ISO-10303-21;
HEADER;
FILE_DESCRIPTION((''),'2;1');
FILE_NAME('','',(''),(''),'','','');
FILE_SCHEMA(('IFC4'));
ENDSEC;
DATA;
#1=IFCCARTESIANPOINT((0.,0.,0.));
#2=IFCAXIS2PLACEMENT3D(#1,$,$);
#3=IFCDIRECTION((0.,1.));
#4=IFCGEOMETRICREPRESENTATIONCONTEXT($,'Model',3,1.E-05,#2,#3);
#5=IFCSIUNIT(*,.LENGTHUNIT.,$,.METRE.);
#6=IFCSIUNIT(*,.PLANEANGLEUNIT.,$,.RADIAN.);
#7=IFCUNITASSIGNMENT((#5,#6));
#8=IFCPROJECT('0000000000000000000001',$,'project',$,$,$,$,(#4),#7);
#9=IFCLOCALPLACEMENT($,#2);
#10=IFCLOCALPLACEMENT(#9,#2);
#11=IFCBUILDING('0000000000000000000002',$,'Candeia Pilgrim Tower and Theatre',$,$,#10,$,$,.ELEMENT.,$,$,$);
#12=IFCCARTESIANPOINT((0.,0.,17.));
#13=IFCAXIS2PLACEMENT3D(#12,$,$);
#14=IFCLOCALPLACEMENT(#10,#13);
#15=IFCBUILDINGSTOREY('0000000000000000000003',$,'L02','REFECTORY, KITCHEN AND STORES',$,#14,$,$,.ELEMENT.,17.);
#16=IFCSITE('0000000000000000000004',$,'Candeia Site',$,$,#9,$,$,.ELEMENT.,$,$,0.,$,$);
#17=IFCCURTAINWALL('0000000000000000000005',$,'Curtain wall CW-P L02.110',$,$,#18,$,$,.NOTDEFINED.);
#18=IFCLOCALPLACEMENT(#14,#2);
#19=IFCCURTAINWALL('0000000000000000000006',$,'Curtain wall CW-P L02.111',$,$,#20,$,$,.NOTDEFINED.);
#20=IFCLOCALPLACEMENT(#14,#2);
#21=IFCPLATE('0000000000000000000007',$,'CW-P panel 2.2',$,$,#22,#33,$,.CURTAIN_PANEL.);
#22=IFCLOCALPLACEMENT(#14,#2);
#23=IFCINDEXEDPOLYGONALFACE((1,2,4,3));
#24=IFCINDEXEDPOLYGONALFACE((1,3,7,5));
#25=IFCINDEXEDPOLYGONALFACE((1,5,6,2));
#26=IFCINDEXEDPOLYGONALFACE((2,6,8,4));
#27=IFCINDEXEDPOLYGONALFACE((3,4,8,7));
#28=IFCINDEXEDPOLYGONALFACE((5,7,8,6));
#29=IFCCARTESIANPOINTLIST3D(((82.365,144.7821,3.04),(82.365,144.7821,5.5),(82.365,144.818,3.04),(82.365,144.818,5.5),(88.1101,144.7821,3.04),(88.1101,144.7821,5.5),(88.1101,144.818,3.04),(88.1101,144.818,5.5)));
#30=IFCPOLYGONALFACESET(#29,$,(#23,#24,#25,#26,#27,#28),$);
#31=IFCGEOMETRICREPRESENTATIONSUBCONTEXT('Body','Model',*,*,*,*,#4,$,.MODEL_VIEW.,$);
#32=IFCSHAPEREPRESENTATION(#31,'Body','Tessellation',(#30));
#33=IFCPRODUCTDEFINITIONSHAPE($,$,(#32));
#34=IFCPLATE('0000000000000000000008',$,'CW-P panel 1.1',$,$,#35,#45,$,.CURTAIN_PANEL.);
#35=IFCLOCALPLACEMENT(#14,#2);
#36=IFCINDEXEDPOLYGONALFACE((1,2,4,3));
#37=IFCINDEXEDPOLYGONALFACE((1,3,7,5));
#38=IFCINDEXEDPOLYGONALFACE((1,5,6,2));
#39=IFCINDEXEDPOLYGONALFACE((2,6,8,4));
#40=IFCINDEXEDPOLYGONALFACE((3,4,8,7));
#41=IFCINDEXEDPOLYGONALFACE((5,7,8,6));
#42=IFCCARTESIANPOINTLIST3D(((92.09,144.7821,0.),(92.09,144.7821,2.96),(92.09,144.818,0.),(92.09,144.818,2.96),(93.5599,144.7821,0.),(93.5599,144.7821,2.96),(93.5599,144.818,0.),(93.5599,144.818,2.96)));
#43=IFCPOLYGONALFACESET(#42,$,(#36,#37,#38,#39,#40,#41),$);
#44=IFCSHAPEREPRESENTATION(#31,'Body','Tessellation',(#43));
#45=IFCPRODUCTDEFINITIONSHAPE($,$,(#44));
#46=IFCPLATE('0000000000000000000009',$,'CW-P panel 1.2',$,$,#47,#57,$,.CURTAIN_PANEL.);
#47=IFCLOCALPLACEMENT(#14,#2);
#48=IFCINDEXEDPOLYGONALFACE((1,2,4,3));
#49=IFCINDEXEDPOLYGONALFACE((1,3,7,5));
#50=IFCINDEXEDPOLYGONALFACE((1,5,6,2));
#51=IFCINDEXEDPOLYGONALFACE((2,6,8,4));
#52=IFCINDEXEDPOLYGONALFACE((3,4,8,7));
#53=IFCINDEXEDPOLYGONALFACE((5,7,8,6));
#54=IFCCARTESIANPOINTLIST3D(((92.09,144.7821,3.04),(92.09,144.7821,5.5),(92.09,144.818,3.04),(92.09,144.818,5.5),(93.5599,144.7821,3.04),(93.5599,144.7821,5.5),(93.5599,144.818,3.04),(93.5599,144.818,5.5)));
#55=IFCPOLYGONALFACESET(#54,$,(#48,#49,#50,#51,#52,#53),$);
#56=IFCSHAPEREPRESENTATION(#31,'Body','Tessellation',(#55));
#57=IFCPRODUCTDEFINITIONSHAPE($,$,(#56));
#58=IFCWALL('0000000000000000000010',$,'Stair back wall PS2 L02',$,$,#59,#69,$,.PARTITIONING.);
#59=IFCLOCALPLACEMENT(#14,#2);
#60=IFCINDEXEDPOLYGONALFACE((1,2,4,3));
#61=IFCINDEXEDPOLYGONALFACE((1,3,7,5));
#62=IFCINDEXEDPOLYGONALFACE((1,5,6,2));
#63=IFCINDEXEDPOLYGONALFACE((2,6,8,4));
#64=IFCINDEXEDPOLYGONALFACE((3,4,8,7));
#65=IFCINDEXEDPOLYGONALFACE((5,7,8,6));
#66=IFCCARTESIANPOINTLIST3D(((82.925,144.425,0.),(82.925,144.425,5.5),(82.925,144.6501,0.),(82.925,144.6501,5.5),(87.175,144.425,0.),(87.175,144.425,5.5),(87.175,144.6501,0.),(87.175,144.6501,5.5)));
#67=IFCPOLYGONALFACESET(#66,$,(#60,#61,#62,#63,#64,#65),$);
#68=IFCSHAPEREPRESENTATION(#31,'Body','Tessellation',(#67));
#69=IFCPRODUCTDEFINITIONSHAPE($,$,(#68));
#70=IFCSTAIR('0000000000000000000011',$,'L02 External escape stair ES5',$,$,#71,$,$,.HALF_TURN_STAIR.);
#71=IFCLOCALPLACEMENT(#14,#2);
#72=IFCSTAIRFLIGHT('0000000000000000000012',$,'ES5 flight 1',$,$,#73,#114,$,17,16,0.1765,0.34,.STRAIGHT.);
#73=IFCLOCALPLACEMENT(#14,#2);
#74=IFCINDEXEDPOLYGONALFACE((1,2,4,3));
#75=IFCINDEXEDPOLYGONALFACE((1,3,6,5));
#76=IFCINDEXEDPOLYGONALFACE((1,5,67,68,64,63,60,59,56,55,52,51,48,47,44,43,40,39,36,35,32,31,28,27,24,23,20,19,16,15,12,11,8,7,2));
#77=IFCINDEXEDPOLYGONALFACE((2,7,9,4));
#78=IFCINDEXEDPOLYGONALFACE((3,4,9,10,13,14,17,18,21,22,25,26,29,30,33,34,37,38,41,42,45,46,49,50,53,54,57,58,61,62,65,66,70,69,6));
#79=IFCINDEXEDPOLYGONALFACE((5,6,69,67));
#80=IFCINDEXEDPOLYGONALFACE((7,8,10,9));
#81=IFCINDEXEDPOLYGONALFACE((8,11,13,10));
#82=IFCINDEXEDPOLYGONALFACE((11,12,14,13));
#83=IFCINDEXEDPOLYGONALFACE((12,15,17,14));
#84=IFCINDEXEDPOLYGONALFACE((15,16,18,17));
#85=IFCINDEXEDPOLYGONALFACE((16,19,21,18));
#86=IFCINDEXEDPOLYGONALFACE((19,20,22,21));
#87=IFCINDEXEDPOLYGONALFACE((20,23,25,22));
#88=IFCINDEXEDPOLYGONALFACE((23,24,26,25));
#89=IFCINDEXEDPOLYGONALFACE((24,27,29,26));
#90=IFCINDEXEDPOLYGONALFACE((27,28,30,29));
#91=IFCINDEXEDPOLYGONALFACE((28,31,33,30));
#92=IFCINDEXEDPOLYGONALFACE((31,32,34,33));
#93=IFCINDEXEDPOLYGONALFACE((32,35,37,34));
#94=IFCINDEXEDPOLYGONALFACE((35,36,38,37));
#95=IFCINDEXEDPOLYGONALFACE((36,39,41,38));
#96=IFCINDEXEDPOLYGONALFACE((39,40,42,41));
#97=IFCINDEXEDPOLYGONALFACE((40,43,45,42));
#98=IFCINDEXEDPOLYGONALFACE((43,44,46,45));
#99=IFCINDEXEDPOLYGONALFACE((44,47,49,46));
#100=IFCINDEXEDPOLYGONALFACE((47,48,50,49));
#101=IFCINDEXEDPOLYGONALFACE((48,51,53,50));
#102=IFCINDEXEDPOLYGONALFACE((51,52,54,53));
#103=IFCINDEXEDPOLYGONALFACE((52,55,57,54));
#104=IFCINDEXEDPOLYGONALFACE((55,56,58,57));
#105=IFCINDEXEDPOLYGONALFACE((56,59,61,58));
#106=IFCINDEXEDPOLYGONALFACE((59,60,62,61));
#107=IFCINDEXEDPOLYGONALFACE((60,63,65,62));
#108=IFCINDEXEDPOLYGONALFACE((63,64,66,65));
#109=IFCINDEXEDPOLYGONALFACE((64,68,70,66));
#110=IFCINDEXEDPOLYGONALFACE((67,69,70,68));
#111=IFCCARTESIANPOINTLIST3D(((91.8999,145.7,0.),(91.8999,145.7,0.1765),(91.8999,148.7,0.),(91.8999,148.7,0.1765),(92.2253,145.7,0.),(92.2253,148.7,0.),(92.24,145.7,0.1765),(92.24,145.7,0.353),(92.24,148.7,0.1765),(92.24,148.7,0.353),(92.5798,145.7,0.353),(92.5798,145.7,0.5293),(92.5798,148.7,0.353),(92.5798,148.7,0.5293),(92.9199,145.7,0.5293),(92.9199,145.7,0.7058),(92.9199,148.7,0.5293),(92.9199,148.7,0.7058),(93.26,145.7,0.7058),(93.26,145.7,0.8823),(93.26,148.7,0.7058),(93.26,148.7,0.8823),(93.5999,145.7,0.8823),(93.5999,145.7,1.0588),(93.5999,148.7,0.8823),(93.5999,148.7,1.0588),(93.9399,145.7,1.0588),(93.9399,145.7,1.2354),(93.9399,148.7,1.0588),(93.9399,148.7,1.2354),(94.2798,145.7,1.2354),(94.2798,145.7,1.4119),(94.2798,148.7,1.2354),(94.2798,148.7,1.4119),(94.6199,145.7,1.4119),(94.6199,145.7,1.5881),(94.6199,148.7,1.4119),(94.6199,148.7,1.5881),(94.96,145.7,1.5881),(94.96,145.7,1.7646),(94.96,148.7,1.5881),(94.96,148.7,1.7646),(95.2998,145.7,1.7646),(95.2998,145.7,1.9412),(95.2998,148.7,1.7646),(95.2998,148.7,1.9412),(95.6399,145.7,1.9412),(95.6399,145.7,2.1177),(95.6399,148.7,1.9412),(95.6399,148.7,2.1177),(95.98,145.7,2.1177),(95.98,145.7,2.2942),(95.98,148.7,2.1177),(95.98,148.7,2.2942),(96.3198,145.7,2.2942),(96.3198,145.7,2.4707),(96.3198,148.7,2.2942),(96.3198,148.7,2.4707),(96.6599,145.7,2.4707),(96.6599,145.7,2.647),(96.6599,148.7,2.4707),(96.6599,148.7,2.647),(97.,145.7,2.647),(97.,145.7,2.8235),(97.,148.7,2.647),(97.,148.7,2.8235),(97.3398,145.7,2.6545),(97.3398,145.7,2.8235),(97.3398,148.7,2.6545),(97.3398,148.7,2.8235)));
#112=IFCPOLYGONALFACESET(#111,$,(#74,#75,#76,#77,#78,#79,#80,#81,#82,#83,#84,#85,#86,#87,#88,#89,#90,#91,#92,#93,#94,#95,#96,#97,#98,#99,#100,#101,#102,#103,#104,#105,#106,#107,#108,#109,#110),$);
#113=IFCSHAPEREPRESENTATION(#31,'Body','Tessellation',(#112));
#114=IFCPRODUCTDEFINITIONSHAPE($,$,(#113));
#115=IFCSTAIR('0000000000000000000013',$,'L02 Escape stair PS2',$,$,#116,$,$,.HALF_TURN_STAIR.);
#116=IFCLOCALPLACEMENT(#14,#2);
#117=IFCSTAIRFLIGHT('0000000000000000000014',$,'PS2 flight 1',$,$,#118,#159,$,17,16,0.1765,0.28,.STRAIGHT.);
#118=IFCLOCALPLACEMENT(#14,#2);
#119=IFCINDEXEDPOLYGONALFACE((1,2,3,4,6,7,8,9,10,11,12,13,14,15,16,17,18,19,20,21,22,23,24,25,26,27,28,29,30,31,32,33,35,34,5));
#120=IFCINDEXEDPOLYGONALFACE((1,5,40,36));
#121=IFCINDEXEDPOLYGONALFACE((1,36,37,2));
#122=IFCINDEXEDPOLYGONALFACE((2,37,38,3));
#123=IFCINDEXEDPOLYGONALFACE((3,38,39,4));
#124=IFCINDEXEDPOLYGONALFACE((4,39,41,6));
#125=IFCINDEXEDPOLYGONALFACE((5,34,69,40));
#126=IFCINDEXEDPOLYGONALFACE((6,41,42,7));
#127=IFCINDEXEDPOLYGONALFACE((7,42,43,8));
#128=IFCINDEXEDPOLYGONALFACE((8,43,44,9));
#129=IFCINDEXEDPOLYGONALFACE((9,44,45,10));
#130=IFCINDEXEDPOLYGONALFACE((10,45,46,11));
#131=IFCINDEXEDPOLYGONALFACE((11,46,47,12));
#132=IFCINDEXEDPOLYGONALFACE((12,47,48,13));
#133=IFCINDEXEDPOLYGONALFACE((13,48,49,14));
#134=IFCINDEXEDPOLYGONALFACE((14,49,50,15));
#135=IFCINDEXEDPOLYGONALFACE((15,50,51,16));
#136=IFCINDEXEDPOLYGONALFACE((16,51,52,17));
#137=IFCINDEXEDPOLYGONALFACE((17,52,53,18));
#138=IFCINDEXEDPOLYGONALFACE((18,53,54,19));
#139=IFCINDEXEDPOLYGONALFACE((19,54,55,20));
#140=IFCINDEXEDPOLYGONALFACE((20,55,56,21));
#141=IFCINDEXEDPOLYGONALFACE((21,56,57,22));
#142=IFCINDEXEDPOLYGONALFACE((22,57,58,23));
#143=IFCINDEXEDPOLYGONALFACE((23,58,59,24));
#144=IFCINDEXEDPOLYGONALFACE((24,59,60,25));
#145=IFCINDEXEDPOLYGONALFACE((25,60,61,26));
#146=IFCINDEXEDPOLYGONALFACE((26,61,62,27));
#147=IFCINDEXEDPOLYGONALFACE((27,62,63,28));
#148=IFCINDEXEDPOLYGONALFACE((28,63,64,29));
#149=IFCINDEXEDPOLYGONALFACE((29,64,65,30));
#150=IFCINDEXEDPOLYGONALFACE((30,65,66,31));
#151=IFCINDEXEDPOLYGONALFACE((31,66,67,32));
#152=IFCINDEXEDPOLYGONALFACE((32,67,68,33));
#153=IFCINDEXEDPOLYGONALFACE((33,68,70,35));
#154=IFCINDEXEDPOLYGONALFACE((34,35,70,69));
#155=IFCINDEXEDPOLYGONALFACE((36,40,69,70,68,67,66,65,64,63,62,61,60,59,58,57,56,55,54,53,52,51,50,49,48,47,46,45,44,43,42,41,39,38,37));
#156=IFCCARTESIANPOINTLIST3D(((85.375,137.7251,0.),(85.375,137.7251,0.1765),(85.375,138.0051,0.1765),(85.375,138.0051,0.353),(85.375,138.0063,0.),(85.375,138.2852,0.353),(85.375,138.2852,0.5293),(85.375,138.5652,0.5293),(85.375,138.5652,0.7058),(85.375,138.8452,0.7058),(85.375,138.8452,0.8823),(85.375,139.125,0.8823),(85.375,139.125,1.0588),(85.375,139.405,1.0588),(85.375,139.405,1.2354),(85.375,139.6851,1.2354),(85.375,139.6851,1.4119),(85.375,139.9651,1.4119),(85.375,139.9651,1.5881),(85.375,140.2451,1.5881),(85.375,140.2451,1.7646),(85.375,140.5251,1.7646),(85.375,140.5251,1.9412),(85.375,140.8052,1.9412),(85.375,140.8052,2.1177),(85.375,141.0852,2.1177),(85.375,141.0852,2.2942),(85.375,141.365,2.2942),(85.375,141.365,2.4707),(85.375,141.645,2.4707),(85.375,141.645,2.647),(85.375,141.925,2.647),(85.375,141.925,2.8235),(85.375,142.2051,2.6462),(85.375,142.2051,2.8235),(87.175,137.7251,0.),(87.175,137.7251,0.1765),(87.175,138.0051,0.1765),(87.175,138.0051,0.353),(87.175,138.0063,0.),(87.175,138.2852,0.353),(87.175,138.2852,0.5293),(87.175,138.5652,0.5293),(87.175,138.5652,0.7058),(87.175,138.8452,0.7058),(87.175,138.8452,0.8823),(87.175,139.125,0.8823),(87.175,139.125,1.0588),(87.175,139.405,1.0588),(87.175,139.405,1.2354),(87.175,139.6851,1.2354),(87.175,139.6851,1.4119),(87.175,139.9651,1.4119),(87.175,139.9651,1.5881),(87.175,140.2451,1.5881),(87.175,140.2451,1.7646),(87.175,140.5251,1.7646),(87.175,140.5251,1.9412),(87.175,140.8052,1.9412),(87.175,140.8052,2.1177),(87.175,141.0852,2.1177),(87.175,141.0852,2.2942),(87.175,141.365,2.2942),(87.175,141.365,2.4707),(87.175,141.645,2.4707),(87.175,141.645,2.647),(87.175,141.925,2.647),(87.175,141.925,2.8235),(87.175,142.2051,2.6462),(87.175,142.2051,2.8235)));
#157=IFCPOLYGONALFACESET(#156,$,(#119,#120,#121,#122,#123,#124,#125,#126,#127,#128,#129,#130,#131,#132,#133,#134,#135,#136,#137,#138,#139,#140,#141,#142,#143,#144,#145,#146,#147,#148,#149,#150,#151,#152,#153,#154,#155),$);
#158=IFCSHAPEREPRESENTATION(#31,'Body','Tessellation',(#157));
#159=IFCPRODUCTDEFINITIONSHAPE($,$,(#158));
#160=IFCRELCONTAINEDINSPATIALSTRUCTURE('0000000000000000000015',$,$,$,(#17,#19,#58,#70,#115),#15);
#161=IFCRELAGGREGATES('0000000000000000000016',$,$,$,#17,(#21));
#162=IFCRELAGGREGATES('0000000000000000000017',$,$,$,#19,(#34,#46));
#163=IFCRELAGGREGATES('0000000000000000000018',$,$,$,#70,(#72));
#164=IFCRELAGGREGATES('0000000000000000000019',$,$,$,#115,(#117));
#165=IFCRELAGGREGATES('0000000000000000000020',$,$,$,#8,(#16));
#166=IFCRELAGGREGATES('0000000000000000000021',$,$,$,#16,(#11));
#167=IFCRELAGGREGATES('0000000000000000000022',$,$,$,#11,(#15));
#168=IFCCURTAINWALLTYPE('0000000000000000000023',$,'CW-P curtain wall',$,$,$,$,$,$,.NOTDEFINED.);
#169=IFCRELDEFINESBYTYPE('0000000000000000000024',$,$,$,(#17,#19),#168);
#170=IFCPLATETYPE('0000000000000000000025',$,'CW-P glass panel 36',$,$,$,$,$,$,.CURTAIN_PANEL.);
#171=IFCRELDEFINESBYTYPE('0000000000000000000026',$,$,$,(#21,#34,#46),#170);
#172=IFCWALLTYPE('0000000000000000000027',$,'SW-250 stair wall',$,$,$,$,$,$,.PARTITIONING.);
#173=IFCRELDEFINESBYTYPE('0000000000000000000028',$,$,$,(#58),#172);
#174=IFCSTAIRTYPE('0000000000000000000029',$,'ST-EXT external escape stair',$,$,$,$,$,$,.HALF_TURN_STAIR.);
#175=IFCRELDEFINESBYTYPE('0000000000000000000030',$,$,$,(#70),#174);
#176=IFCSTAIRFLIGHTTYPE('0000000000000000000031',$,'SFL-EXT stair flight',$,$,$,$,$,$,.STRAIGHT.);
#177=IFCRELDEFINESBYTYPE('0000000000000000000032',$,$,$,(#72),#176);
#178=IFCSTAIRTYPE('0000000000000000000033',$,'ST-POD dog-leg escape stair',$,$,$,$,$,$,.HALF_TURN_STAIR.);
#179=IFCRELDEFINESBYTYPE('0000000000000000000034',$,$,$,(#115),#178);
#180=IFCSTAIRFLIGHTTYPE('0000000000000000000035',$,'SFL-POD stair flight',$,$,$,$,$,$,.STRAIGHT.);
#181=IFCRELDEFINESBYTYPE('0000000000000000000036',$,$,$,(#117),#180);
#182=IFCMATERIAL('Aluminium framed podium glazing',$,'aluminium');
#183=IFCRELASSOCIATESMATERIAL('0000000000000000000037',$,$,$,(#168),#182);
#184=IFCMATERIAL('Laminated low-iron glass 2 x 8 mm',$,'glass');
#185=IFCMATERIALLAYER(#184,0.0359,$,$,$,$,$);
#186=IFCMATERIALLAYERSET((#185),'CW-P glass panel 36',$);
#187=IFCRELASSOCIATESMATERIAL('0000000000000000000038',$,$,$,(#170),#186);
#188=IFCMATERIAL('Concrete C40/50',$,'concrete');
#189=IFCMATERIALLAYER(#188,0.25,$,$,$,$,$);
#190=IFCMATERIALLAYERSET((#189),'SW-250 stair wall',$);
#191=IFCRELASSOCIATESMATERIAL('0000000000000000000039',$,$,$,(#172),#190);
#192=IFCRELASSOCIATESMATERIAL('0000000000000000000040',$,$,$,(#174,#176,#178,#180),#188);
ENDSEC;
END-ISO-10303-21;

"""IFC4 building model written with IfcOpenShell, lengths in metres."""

from ifc_helpers import new_model, si_unit, direction, frame, frame_2d, origin, origin_2d, place, context, subcontext, project, spatial, polyline, rectangle, outline, extrude, material, layer, layer_set, type_object, element, aggregate, save


model = new_model("IFC4")

# Units and contexts
model_context = context("Model", 3, precision=1e-05, world=origin(), true_north=direction((0.0, 1.0)))
body_context = subcontext(model_context, "Body", "Model", "MODEL_VIEW")
ifc_project = project(units=[si_unit("LENGTHUNIT", "METRE"), si_unit("PLANEANGLEUNIT", "RADIAN")], contexts=[model_context])

# Site, building, storey
site_placement = place(None, origin())
site = spatial("IfcSite", under=ifc_project, at=site_placement, Name="Candeia Site", CompositionType="ELEMENT", RefElevation=0.0)
building_placement = place(site_placement, origin())
building = spatial("IfcBuilding", under=site, at=building_placement, Name="Candeia Pilgrim Tower and Theatre", CompositionType="ELEMENT")
storey_placement = place(building_placement, frame((0.0, 0.0, 17.0)))
storey = spatial("IfcBuildingStorey", under=building, at=storey_placement, Name="L02", Description="REFECTORY, KITCHEN AND STORES", CompositionType="ELEMENT", Elevation=17.0)

# Shared definitions
ifc_material_1 = material(Name="Concrete C40/50", Category="concrete")

# Curtain walls
ifc_material_2 = material(Name="Aluminium framed podium glazing", Category="aluminium")
curtain_wall_type = type_object("IfcCurtainWallType", Name="CW-P curtain wall", PredefinedType="NOTDEFINED", material=ifc_material_2)
curtain_wall_1_placement = place(storey_placement, origin())
curtain_wall_1 = element("IfcCurtainWall", 1, at=curtain_wall_1_placement, inside=storey, type_object=curtain_wall_type, Name="Curtain wall CW-P L02.110", PredefinedType="NOTDEFINED")
curtain_wall_2_placement = place(storey_placement, origin())
curtain_wall_2 = element("IfcCurtainWall", 2, at=curtain_wall_2_placement, inside=storey, type_object=curtain_wall_type, Name="Curtain wall CW-P L02.111", PredefinedType="NOTDEFINED")

# Plates
ifc_material_3 = material(Name="Laminated low-iron glass 2 x 8 mm", Category="glass")
ifc_layer_1 = layer(ifc_material_3, 0.0359)
ifc_layer_set_1 = layer_set([ifc_layer_1], Name="CW-P glass panel 36")
plate_type = type_object("IfcPlateType", Name="CW-P glass panel 36", PredefinedType="CURTAIN_PANEL", material=ifc_layer_set_1)
plate_1_placement = place(storey_placement, frame((85.2375, 144.8, 3.04), z_axis=(0.0, 0.0, 1.0), x_axis=(1.0, 0.0, 0.0)))
plate_1 = element("IfcPlate", 3, at=plate_1_placement, type_object=plate_type, Name="CW-P panel 2.2", PredefinedType="CURTAIN_PANEL", context=body_context, shape_type="SweptSolid", body=[
    extrude(rectangle(XDim=5.7451, YDim=0.0359, at=origin_2d()), origin(), (0.0, 0.0, 1.0), 2.46),
])
aggregate(curtain_wall_1, [plate_1])
plate_2_placement = place(storey_placement, frame((92.825, 144.8, 0.0), z_axis=(0.0, 0.0, 1.0), x_axis=(1.0, 0.0, 0.0)))
plate_2 = element("IfcPlate", 4, at=plate_2_placement, type_object=plate_type, Name="CW-P panel 1.1", PredefinedType="CURTAIN_PANEL", context=body_context, shape_type="SweptSolid", body=[
    extrude(rectangle(XDim=1.47, YDim=0.0359, at=origin_2d()), origin(), (0.0, 0.0, 1.0), 2.96),
])
plate_3_placement = place(storey_placement, frame((92.825, 144.8, 3.04), z_axis=(0.0, 0.0, 1.0), x_axis=(1.0, 0.0, 0.0)))
plate_3 = element("IfcPlate", 5, at=plate_3_placement, type_object=plate_type, Name="CW-P panel 1.2", PredefinedType="CURTAIN_PANEL", context=body_context, shape_type="SweptSolid", body=[
    extrude(rectangle(XDim=1.47, YDim=0.0359, at=origin_2d()), origin(), (0.0, 0.0, 1.0), 2.46),
])
aggregate(curtain_wall_2, [plate_2, plate_3])

# Wall
ifc_layer_2 = layer(ifc_material_1, 0.25)
ifc_layer_set_2 = layer_set([ifc_layer_2], Name="SW-250 stair wall")
wall_type_1 = type_object("IfcWallType", Name="SW-250 stair wall", PredefinedType="PARTITIONING", material=ifc_layer_set_2)
wall_1_placement = place(storey_placement, frame((82.925, 144.5376, 0.0), z_axis=(0.0, 0.0, 1.0), x_axis=(1.0, 0.0, 0.0)))
element("IfcWall", 6, at=wall_1_placement, inside=storey, type_object=wall_type_1, Name="Stair back wall PS2 L02", PredefinedType="PARTITIONING", context=body_context, shape_type="SweptSolid", body=[
    extrude(rectangle(XDim=4.25, YDim=0.2251, at=frame_2d((2.125, 0.0))), origin(), (0.0, 0.0, 1.0), 5.5),
])

# Stair, stair flight
stair_type_1 = type_object("IfcStairType", Name="ST-EXT external escape stair", PredefinedType="HALF_TURN_STAIR", material=ifc_material_1)
stair_1_placement = place(storey_placement, origin())
stair_1 = element("IfcStair", 7, at=stair_1_placement, inside=storey, type_object=stair_type_1, Name="L02 External escape stair ES5", PredefinedType="HALF_TURN_STAIR")
stair_flight_type_1 = type_object("IfcStairFlightType", Name="SFL-EXT stair flight", PredefinedType="STRAIGHT", material=ifc_material_1)
stair_flight_1_placement = place(storey_placement, frame((91.8999, 147.2, 0.0), z_axis=(0.0, 0.0, 1.0), x_axis=(1.0, 0.0, 0.0)))
stair_flight_1 = element("IfcStairFlight", 8, at=stair_flight_1_placement, type_object=stair_flight_type_1, Name="ES5 flight 1", NumberOfRisers=17, NumberOfTreads=16, PredefinedType="STRAIGHT", RiserHeight=0.1765, TreadLength=0.34, context=body_context, shape_type="SweptSolid", body=[
    extrude(outline(polyline([(0.0, 0.0), (0.0, 0.1765), (0.3401, 0.1765), (0.3401, 0.353), (0.6799, 0.353), (0.6799, 0.5293), (1.02, 0.5293), (1.02, 0.7058), (1.3601, 0.7058), (1.3601, 0.8823), (1.7, 0.8823), (1.7, 1.0588), (2.04, 1.0588), (2.04, 1.2354), (2.3799, 1.2354), (2.3799, 1.4119), (2.72, 1.4119), (2.72, 1.5881), (3.0601, 1.5881), (3.0601, 1.7646), (3.3999, 1.7646), (3.3999, 1.9412), (3.74, 1.9412), (3.74, 2.1177), (4.0801, 2.1177), (4.0801, 2.2942), (4.4199, 2.2942), (4.4199, 2.4707), (4.76, 2.4707), (4.76, 2.647), (5.1001, 2.647), (5.1001, 2.8235), (5.4399, 2.8235), (5.4399, 3.0), (5.4399, 2.6545), (0.3254, 0.0), (0.0, 0.0)])), frame((0.0, 1.5, 0.0), z_axis=(0.0, -1.0, 0.0), x_axis=(1.0, 0.0, 0.0)), (0.0, 0.0, 1.0), 3.0),
])
aggregate(stair_1, [stair_flight_1])

# Stair, stair flight
stair_type_2 = type_object("IfcStairType", Name="ST-POD dog-leg escape stair", PredefinedType="HALF_TURN_STAIR", material=ifc_material_1)
stair_2_placement = place(storey_placement, origin())
stair_2 = element("IfcStair", 9, at=stair_2_placement, inside=storey, type_object=stair_type_2, Name="L02 Escape stair PS2", PredefinedType="HALF_TURN_STAIR")
stair_flight_type_2 = type_object("IfcStairFlightType", Name="SFL-POD stair flight", PredefinedType="STRAIGHT", material=ifc_material_1)
stair_flight_2_placement = place(storey_placement, frame((86.2749, 137.7251, 0.0), z_axis=(0.0, 0.0, 1.0), x_axis=(0.0, 1.0, 0.0)))
stair_flight_2 = element("IfcStairFlight", 10, at=stair_flight_2_placement, type_object=stair_flight_type_2, Name="PS2 flight 1", NumberOfRisers=17, NumberOfTreads=16, PredefinedType="STRAIGHT", RiserHeight=0.1765, TreadLength=0.28, context=body_context, shape_type="SweptSolid", body=[
    extrude(outline(polyline([(0.0, 0.0), (0.0, 0.1765), (0.28, 0.1765), (0.28, 0.353), (0.5601, 0.353), (0.5601, 0.5293), (0.8401, 0.5293), (0.8401, 0.7058), (1.1201, 0.7058), (1.1201, 0.8823), (1.3999, 0.8823), (1.3999, 1.0588), (1.6799, 1.0588), (1.6799, 1.2354), (1.96, 1.2354), (1.96, 1.4119), (2.24, 1.4119), (2.24, 1.5881), (2.52, 1.5881), (2.52, 1.7646), (2.8, 1.7646), (2.8, 1.9412), (3.0801, 1.9412), (3.0801, 2.1177), (3.3601, 2.1177), (3.3601, 2.2942), (3.6399, 2.2942), (3.6399, 2.4707), (3.9199, 2.4707), (3.9199, 2.647), (4.2, 2.647), (4.2, 2.8235), (4.48, 2.8235), (4.48, 3.0), (4.48, 2.6462), (0.2812, 0.0), (0.0, 0.0)])), frame((0.0, 0.8999, 0.0), z_axis=(0.0, -1.0, 0.0), x_axis=(1.0, 0.0, 0.0)), (0.0, 0.0, 1.0), 1.8),
])
aggregate(stair_2, [stair_flight_2])

save(model, "model.ifc")
